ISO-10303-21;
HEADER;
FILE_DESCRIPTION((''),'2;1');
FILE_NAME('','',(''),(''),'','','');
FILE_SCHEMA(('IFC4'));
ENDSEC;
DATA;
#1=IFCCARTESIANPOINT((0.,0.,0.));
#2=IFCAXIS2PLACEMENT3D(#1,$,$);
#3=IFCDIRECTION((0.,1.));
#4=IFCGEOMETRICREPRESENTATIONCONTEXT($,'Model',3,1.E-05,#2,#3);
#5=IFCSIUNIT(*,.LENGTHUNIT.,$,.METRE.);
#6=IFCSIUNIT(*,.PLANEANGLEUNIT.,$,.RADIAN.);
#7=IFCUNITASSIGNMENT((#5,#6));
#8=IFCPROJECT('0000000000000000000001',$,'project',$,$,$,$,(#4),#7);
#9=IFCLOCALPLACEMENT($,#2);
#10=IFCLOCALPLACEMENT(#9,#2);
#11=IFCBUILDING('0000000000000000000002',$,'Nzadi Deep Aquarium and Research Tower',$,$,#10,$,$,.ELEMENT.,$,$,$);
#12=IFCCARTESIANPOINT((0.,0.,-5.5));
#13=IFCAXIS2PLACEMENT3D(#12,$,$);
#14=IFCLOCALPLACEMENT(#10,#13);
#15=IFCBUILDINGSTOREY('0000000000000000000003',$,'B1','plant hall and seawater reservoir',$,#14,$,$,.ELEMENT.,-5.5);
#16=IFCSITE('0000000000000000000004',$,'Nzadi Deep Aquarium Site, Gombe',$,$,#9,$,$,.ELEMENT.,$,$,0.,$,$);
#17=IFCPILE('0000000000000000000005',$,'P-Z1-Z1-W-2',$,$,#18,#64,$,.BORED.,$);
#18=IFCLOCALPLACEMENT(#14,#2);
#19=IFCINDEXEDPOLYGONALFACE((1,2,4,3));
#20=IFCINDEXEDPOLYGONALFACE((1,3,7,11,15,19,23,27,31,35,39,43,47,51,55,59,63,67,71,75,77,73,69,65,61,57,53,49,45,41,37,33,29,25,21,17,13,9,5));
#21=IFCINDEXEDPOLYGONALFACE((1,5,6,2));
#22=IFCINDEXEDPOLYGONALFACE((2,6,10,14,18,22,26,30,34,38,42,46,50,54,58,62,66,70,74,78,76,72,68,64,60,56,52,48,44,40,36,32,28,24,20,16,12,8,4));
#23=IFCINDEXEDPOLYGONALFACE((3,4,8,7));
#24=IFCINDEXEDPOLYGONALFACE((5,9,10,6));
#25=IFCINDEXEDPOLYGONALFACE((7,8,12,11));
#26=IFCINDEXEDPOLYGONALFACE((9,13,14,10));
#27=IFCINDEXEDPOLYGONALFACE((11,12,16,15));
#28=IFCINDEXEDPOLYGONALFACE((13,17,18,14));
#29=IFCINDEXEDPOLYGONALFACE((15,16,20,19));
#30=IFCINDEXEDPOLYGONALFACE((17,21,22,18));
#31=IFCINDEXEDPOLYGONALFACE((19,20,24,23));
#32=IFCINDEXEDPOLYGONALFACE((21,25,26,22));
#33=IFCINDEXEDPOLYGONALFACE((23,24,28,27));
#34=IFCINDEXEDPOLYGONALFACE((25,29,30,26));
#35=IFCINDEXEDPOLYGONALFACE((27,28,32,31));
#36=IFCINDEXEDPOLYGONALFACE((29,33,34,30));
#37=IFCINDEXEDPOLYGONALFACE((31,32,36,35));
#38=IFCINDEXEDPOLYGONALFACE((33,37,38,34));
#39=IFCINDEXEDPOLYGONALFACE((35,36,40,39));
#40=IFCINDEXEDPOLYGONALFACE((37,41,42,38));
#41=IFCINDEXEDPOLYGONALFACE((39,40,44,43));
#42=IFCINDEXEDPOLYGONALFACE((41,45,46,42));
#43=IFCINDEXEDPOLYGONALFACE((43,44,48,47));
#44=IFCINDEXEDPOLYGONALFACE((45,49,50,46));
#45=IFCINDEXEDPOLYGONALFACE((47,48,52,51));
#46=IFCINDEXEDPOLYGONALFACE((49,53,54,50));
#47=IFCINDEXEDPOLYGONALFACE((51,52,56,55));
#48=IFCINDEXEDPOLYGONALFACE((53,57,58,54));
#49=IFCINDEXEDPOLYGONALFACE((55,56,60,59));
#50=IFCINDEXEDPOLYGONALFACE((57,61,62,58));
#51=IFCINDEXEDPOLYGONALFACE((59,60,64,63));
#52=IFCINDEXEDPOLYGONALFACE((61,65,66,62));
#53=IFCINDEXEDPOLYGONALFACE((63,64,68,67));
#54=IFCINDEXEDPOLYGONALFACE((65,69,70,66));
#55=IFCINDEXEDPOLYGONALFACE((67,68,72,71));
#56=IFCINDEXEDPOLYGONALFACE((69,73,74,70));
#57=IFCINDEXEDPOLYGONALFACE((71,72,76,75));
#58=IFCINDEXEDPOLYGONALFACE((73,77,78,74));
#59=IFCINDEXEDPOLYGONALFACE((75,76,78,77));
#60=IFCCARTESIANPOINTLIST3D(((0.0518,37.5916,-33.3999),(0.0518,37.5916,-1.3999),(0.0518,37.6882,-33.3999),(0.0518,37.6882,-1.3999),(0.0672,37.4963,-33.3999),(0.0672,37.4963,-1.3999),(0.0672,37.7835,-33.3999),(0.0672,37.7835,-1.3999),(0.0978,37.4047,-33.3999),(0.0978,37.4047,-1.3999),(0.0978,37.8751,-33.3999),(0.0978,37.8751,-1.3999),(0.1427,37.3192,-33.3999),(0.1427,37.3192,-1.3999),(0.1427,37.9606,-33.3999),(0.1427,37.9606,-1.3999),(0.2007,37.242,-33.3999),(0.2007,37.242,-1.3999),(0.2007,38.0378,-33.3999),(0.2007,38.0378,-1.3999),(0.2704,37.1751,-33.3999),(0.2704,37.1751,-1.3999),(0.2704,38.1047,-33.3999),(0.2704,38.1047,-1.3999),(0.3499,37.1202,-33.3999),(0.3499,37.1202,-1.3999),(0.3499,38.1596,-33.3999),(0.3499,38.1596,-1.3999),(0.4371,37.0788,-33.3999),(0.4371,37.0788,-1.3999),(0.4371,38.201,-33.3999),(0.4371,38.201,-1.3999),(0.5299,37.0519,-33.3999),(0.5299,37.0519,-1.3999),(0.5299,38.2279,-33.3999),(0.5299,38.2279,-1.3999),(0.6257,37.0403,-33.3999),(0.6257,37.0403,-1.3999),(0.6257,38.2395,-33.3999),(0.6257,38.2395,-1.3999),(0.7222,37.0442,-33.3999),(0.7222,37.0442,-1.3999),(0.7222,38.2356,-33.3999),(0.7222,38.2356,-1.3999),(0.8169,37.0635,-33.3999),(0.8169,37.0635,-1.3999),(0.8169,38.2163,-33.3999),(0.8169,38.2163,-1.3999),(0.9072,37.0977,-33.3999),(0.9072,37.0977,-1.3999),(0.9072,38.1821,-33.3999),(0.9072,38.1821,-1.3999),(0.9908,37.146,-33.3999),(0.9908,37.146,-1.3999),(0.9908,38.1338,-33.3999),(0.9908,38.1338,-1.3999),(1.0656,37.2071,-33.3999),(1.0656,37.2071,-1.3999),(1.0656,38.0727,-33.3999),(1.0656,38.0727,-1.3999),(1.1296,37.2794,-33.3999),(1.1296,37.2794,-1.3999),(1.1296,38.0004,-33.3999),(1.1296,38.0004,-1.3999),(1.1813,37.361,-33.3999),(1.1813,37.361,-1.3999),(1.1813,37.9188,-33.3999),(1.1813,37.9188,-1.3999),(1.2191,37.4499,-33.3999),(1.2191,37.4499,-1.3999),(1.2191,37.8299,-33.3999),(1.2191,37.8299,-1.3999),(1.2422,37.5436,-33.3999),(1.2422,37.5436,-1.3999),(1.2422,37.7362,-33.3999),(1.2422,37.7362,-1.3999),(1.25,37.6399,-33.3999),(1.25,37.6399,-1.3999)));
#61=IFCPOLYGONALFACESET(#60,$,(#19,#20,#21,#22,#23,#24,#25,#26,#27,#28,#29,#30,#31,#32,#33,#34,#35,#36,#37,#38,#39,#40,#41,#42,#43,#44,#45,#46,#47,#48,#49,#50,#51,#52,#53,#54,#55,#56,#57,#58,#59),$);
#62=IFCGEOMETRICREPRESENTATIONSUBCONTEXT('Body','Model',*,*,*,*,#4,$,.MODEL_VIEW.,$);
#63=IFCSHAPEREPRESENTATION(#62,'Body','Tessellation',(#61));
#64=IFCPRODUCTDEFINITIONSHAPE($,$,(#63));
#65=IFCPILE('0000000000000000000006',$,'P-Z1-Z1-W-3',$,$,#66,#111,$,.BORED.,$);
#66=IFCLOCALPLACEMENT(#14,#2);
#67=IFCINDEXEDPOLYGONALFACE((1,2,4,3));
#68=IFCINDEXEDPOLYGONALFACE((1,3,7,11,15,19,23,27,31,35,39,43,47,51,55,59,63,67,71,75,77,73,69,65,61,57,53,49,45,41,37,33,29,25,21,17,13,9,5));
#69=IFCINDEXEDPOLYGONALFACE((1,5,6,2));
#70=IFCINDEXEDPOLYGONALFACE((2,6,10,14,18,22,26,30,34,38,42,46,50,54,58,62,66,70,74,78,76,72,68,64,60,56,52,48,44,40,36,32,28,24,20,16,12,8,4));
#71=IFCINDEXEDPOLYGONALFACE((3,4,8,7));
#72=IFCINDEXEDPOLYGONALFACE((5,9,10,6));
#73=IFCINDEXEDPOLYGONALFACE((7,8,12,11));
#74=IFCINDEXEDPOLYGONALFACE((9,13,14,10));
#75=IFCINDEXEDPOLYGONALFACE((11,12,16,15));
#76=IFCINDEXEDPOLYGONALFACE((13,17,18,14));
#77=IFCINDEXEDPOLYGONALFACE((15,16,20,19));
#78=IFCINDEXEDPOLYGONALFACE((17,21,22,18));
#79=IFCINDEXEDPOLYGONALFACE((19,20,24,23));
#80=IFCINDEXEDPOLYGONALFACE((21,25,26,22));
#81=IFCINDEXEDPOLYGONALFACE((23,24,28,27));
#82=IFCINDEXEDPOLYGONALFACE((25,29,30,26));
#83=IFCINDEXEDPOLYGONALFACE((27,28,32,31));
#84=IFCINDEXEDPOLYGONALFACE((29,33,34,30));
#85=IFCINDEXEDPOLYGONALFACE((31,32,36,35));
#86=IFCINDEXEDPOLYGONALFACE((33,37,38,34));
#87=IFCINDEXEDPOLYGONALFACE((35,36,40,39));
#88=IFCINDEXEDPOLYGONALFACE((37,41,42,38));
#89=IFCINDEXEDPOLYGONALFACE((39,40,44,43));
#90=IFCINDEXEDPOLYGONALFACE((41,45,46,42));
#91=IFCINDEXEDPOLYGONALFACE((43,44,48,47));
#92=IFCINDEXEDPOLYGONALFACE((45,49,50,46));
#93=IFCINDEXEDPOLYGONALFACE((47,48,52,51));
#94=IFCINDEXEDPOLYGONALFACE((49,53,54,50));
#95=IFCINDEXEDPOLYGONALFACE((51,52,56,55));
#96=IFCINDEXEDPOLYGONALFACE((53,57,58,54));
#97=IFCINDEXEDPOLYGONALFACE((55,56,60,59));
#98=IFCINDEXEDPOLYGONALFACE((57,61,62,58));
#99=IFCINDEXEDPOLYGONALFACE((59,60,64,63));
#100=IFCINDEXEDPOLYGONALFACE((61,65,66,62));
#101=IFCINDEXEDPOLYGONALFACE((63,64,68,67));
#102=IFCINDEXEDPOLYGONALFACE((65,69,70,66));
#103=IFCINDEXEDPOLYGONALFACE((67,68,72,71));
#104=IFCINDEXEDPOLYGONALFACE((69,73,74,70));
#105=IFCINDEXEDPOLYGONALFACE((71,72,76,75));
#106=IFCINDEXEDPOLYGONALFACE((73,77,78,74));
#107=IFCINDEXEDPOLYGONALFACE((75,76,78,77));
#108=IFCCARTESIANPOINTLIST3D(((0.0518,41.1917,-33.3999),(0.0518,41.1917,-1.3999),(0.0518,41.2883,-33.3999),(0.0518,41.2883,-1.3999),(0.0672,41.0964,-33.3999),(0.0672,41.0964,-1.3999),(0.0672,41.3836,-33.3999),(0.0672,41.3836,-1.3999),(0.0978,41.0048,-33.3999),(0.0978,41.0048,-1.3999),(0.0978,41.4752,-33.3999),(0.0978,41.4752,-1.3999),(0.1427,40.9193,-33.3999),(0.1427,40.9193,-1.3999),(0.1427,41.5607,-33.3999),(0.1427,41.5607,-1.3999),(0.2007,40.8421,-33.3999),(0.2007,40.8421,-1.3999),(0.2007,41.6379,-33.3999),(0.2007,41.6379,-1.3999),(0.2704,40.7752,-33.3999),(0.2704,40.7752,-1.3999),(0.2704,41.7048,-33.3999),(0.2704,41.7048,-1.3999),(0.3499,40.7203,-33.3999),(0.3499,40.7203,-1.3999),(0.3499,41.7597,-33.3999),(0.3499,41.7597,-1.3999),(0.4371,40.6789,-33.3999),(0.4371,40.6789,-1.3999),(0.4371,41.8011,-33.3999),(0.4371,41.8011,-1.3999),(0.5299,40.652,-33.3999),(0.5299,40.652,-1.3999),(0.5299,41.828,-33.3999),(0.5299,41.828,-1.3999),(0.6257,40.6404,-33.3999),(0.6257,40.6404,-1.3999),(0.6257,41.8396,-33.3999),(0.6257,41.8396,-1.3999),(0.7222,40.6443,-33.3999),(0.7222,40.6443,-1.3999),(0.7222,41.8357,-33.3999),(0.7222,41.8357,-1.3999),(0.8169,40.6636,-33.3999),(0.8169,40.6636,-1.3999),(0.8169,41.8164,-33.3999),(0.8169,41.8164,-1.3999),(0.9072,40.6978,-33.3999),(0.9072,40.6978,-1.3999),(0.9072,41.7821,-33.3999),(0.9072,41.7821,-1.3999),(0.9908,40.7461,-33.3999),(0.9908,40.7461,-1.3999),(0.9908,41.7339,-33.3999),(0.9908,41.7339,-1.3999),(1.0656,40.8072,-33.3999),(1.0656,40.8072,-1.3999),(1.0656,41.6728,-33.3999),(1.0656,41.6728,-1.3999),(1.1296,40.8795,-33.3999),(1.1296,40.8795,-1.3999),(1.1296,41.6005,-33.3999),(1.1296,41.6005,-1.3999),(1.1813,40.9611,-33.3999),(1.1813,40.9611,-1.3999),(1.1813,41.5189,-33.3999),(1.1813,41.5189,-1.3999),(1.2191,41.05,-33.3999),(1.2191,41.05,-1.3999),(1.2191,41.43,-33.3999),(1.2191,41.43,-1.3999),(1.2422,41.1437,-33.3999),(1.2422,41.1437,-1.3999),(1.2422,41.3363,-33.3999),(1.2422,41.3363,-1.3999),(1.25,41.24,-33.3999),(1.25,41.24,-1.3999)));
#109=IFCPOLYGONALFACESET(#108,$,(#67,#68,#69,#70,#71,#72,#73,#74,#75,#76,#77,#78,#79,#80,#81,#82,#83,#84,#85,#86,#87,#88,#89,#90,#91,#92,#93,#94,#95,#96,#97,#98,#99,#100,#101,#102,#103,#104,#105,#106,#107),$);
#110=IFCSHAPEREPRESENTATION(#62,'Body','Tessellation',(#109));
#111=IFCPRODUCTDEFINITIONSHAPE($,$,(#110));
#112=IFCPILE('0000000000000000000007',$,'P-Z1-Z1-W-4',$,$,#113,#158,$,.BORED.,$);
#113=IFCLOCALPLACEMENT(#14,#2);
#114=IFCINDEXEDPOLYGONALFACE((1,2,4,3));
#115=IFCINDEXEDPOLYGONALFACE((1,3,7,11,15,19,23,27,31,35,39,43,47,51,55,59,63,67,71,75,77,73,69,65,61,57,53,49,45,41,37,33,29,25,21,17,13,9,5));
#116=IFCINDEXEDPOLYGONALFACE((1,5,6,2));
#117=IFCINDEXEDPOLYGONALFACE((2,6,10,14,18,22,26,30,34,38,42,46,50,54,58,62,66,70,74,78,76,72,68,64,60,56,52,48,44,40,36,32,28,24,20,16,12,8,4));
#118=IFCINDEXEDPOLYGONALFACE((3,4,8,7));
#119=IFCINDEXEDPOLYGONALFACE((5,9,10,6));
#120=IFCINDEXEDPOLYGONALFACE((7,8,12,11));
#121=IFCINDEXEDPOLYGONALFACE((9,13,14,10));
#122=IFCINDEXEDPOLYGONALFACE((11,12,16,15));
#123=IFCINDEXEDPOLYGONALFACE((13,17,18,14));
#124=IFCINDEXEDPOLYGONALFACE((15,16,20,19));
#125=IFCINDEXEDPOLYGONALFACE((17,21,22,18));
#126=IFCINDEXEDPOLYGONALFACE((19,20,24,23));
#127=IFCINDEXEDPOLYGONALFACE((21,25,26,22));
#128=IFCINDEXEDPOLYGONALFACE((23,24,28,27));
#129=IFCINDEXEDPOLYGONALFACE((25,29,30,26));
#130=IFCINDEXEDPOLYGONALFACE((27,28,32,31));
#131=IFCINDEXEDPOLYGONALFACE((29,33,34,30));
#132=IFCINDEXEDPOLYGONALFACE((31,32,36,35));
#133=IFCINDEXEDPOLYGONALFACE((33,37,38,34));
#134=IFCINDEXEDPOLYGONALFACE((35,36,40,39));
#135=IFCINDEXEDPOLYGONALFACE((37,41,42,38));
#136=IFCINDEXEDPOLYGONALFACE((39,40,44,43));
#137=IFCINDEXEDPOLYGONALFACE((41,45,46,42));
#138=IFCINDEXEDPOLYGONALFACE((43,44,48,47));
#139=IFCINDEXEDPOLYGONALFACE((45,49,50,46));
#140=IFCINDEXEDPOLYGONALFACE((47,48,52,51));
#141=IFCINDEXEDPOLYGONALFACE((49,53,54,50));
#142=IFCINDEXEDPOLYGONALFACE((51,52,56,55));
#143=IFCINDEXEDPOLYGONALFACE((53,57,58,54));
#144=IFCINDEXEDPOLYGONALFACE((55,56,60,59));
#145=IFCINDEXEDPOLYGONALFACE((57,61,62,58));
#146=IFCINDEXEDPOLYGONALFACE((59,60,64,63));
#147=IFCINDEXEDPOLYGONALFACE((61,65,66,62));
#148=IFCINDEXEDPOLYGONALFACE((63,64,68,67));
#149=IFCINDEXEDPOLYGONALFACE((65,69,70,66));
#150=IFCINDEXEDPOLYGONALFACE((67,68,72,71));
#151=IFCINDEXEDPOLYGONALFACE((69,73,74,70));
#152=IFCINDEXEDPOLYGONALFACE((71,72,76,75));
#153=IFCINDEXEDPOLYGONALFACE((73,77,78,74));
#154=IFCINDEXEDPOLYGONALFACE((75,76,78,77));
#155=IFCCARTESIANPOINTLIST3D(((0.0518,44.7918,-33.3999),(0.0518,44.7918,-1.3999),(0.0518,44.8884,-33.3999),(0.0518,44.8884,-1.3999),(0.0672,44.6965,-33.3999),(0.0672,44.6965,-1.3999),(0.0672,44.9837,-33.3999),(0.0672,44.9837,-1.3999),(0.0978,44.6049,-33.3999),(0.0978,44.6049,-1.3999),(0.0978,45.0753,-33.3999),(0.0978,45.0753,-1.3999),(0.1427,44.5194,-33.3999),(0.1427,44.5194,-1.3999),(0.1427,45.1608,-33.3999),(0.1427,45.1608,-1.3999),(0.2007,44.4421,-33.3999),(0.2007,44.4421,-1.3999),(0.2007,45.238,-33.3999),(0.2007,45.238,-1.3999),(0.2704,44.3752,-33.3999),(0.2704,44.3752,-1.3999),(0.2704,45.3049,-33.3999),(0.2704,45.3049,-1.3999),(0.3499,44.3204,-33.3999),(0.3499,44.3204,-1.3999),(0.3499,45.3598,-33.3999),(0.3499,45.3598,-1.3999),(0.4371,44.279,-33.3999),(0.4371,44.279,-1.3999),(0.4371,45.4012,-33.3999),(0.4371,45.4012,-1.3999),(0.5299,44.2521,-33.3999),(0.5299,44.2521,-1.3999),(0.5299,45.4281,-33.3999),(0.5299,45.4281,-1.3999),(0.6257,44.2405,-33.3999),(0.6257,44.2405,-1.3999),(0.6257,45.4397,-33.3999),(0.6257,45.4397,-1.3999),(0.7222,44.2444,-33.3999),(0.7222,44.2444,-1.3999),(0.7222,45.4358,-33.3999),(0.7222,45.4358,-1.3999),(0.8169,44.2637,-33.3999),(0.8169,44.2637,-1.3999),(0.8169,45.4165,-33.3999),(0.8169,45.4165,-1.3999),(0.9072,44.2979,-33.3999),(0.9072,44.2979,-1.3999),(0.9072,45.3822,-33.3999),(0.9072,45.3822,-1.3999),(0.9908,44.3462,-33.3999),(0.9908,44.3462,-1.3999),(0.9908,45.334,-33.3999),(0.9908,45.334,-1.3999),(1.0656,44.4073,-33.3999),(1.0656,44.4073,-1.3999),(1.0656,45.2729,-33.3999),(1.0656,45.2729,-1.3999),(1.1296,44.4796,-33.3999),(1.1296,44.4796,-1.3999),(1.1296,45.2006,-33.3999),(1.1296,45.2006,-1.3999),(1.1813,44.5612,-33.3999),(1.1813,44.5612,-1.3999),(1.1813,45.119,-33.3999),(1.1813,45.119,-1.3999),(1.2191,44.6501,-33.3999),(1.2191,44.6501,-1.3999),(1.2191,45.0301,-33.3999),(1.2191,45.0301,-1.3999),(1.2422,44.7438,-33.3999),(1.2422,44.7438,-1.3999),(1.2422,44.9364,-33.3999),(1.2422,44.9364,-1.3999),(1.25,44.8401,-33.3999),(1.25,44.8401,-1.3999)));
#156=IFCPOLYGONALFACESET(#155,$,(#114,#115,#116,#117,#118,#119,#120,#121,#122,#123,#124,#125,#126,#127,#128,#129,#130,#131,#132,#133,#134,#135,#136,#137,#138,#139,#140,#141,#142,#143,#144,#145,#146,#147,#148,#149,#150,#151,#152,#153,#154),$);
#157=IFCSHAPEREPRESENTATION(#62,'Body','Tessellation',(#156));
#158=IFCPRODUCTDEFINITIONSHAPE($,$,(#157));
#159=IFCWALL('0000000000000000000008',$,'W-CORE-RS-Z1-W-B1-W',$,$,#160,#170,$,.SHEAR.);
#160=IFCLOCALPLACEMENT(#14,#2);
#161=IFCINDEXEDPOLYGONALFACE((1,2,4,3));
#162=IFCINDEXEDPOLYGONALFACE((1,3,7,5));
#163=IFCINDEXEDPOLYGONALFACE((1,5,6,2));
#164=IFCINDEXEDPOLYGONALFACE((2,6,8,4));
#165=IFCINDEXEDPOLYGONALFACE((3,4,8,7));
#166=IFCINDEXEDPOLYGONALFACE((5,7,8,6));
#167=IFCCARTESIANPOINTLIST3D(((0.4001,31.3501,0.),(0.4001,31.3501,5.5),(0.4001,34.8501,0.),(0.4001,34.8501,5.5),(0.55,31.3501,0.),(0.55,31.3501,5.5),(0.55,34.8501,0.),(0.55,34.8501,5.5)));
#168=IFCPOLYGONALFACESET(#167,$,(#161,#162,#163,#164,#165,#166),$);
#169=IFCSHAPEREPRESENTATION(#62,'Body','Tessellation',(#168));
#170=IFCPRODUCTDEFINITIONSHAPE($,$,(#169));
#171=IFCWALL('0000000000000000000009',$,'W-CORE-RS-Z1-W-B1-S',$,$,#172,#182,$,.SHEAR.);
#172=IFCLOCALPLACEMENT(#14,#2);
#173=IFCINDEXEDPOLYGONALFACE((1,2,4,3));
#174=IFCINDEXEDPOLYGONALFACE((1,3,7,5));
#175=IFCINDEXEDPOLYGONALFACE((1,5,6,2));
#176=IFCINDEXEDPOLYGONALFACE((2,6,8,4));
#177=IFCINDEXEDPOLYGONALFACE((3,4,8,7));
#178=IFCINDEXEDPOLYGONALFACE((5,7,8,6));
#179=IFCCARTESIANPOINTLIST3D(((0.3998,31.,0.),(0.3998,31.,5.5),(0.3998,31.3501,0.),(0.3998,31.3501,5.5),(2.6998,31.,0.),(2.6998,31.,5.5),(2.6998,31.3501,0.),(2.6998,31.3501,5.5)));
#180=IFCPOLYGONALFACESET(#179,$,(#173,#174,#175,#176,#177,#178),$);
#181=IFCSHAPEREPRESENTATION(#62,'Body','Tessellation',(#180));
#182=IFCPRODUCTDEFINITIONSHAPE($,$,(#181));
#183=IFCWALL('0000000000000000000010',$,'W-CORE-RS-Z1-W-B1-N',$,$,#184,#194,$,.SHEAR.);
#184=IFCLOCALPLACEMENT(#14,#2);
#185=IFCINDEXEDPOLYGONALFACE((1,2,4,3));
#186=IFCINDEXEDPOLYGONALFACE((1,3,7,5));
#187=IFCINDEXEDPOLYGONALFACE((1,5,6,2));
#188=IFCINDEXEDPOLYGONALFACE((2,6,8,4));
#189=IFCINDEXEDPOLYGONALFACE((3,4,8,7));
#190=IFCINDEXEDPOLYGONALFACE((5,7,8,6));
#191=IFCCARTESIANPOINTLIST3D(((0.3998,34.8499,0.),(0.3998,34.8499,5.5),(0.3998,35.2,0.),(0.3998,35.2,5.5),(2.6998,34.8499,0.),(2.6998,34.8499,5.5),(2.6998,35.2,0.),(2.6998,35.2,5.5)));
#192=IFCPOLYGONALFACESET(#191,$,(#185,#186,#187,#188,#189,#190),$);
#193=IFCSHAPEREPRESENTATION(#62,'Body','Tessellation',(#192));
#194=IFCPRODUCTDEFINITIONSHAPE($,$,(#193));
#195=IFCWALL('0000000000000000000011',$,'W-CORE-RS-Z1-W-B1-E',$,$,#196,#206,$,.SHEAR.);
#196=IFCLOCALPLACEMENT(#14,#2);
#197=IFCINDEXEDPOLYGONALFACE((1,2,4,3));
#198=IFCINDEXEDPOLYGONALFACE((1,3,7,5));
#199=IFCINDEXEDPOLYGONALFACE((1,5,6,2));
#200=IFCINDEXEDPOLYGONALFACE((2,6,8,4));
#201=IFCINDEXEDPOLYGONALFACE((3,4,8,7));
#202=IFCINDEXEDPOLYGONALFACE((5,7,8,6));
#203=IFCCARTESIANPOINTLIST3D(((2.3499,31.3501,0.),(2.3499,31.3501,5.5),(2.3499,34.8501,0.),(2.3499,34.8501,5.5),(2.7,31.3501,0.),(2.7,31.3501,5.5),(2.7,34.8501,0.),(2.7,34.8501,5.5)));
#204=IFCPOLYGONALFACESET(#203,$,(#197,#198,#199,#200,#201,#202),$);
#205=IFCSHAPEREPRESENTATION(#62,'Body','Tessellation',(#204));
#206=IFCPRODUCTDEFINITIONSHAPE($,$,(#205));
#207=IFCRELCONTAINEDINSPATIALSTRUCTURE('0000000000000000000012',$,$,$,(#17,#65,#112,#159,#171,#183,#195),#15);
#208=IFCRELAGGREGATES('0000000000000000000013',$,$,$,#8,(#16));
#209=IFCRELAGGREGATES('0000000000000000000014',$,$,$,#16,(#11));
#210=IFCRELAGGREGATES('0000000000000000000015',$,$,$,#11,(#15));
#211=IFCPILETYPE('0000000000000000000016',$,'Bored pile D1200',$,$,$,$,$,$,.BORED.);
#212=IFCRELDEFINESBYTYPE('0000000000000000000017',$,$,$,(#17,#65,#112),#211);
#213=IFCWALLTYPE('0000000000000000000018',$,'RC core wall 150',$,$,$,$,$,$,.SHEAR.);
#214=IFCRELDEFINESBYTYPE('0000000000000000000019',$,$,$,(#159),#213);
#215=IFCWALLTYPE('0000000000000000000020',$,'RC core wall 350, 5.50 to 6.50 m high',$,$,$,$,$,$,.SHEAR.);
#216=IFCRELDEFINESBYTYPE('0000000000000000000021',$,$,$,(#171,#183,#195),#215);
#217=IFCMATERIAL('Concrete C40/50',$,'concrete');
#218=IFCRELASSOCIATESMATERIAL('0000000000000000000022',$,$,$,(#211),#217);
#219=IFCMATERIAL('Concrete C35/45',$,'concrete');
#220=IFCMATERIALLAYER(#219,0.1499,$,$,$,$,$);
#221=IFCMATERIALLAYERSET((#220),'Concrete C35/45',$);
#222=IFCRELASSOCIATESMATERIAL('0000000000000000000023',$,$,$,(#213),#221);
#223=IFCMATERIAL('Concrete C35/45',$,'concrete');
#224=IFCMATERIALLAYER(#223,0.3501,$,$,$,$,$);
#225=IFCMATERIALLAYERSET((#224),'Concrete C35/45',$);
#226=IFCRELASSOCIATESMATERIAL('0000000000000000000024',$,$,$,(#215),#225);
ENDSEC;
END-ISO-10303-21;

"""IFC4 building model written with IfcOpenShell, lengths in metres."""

from ifc_helpers import new_model, si_unit, direction, frame, frame_2d, origin, origin_2d, place, context, subcontext, project, spatial, rectangle, circle, extrude, material, layer, layer_set, material_profile, profile_set, type_object, element, save


model = new_model("IFC4")

# Units and contexts
model_context = context("Model", 3, precision=1e-05, world=origin(), true_north=direction((0.0, 1.0)))
body_context = subcontext(model_context, "Body", "Model", "MODEL_VIEW")
ifc_project = project(units=[si_unit("LENGTHUNIT", "METRE"), si_unit("PLANEANGLEUNIT", "RADIAN")], contexts=[model_context])

# Site, building, storey
site_placement = place(None, origin())
site = spatial("IfcSite", under=ifc_project, at=site_placement, Name="Nzadi Deep Aquarium Site, Gombe", CompositionType="ELEMENT", RefElevation=0.0)
building_placement = place(site_placement, origin())
building = spatial("IfcBuilding", under=site, at=building_placement, Name="Nzadi Deep Aquarium and Research Tower", CompositionType="ELEMENT")
storey_placement = place(building_placement, frame((0.0, 0.0, -5.5)))
storey = spatial("IfcBuildingStorey", under=building, at=storey_placement, Name="B1", Description="plant hall and seawater reservoir", CompositionType="ELEMENT", Elevation=-5.5)

# Piles
ifc_material_1 = material(Name="Concrete C40/50", Category="concrete")
ifc_material_profile_1 = material_profile(ifc_material_1, circle(Radius=0.6001, at=origin_2d()))
ifc_profile_set_1 = profile_set([ifc_material_profile_1], Name="Concrete C40/50")
pile_type_1 = type_object("IfcPileType", Name="Bored pile D1200", PredefinedType="BORED", material=ifc_profile_set_1)
for number, where, z_axis, x_axis, name in (
    (1, (0.6499, 37.6399, -1.3999), (0.0, 0.0, -1.0), (1.0, 0.0, 0.0), "P-Z1-Z1-W-2"),
    (2, (0.6499, 41.24, -1.3999), (0.0, 0.0, -1.0), (1.0, 0.0, 0.0), "P-Z1-Z1-W-3"),
    (3, (0.6499, 44.8401, -1.3999), (0.0, 0.0, -1.0), (1.0, 0.0, 0.0), "P-Z1-Z1-W-4"),
):
    element("IfcPile", number, at=place(storey_placement, frame(where, z_axis=z_axis, x_axis=x_axis)), inside=storey, type_object=pile_type_1, Name=name, PredefinedType="BORED", context=body_context, shape_type="SweptSolid", body=[
        extrude(circle(Radius=0.6001, at=origin_2d()), origin(), (0.0, 0.0, 1.0), 32.0),
    ])

# Walls
ifc_material_2 = material(Name="Concrete C35/45", Category="concrete")
ifc_layer_1 = layer(ifc_material_2, 0.1499)
ifc_layer_set_1 = layer_set([ifc_layer_1], Name="Concrete C35/45")
wall_type_1 = type_object("IfcWallType", Name="RC core wall 150", PredefinedType="SHEAR", material=ifc_layer_set_1)
wall_1_placement = place(storey_placement, frame((0.4751, 31.3501, 0.0), z_axis=(0.0, 0.0, 1.0), x_axis=(0.0, 1.0, 0.0)))
element("IfcWall", 4, at=wall_1_placement, inside=storey, type_object=wall_type_1, Name="W-CORE-RS-Z1-W-B1-W", PredefinedType="SHEAR", context=body_context, shape_type="SweptSolid", body=[
    extrude(rectangle(XDim=3.5, YDim=0.1499, at=frame_2d((1.75, 0.0))), origin(), (0.0, 0.0, 1.0), 5.5),
])
ifc_material_3 = material(Name="Concrete C35/45", Category="concrete")
ifc_layer_2 = layer(ifc_material_3, 0.3501)
ifc_layer_set_2 = layer_set([ifc_layer_2], Name="Concrete C35/45")
wall_type_2 = type_object("IfcWallType", Name="RC core wall 350, 5.50 to 6.50 m high", PredefinedType="SHEAR", material=ifc_layer_set_2)
for number, where, z_axis, x_axis, name in (
    (5, (0.3999, 31.175, 0.0), (0.0, 0.0, 1.0), (1.0, 0.0, 0.0), "W-CORE-RS-Z1-W-B1-S"),
    (6, (0.3999, 35.0249, 0.0), (0.0, 0.0, 1.0), (1.0, 0.0, 0.0), "W-CORE-RS-Z1-W-B1-N"),
):
    element("IfcWall", number, at=place(storey_placement, frame(where, z_axis=z_axis, x_axis=x_axis)), inside=storey, type_object=wall_type_2, Name=name, PredefinedType="SHEAR", context=body_context, shape_type="SweptSolid", body=[
        extrude(rectangle(XDim=2.3, YDim=0.3501, at=frame_2d((1.1499, 0.0))), origin(), (0.0, 0.0, 1.0), 5.5),
    ])
wall_2_placement = place(storey_placement, frame((2.5249, 31.3501, 0.0), z_axis=(0.0, 0.0, 1.0), x_axis=(0.0, 1.0, 0.0)))
element("IfcWall", 7, at=wall_2_placement, inside=storey, type_object=wall_type_2, Name="W-CORE-RS-Z1-W-B1-E", PredefinedType="SHEAR", context=body_context, shape_type="SweptSolid", body=[
    extrude(rectangle(XDim=3.5, YDim=0.3501, at=frame_2d((1.75, 0.0))), origin(), (0.0, 0.0, 1.0), 5.5),
])

save(model, "model.ifc")
